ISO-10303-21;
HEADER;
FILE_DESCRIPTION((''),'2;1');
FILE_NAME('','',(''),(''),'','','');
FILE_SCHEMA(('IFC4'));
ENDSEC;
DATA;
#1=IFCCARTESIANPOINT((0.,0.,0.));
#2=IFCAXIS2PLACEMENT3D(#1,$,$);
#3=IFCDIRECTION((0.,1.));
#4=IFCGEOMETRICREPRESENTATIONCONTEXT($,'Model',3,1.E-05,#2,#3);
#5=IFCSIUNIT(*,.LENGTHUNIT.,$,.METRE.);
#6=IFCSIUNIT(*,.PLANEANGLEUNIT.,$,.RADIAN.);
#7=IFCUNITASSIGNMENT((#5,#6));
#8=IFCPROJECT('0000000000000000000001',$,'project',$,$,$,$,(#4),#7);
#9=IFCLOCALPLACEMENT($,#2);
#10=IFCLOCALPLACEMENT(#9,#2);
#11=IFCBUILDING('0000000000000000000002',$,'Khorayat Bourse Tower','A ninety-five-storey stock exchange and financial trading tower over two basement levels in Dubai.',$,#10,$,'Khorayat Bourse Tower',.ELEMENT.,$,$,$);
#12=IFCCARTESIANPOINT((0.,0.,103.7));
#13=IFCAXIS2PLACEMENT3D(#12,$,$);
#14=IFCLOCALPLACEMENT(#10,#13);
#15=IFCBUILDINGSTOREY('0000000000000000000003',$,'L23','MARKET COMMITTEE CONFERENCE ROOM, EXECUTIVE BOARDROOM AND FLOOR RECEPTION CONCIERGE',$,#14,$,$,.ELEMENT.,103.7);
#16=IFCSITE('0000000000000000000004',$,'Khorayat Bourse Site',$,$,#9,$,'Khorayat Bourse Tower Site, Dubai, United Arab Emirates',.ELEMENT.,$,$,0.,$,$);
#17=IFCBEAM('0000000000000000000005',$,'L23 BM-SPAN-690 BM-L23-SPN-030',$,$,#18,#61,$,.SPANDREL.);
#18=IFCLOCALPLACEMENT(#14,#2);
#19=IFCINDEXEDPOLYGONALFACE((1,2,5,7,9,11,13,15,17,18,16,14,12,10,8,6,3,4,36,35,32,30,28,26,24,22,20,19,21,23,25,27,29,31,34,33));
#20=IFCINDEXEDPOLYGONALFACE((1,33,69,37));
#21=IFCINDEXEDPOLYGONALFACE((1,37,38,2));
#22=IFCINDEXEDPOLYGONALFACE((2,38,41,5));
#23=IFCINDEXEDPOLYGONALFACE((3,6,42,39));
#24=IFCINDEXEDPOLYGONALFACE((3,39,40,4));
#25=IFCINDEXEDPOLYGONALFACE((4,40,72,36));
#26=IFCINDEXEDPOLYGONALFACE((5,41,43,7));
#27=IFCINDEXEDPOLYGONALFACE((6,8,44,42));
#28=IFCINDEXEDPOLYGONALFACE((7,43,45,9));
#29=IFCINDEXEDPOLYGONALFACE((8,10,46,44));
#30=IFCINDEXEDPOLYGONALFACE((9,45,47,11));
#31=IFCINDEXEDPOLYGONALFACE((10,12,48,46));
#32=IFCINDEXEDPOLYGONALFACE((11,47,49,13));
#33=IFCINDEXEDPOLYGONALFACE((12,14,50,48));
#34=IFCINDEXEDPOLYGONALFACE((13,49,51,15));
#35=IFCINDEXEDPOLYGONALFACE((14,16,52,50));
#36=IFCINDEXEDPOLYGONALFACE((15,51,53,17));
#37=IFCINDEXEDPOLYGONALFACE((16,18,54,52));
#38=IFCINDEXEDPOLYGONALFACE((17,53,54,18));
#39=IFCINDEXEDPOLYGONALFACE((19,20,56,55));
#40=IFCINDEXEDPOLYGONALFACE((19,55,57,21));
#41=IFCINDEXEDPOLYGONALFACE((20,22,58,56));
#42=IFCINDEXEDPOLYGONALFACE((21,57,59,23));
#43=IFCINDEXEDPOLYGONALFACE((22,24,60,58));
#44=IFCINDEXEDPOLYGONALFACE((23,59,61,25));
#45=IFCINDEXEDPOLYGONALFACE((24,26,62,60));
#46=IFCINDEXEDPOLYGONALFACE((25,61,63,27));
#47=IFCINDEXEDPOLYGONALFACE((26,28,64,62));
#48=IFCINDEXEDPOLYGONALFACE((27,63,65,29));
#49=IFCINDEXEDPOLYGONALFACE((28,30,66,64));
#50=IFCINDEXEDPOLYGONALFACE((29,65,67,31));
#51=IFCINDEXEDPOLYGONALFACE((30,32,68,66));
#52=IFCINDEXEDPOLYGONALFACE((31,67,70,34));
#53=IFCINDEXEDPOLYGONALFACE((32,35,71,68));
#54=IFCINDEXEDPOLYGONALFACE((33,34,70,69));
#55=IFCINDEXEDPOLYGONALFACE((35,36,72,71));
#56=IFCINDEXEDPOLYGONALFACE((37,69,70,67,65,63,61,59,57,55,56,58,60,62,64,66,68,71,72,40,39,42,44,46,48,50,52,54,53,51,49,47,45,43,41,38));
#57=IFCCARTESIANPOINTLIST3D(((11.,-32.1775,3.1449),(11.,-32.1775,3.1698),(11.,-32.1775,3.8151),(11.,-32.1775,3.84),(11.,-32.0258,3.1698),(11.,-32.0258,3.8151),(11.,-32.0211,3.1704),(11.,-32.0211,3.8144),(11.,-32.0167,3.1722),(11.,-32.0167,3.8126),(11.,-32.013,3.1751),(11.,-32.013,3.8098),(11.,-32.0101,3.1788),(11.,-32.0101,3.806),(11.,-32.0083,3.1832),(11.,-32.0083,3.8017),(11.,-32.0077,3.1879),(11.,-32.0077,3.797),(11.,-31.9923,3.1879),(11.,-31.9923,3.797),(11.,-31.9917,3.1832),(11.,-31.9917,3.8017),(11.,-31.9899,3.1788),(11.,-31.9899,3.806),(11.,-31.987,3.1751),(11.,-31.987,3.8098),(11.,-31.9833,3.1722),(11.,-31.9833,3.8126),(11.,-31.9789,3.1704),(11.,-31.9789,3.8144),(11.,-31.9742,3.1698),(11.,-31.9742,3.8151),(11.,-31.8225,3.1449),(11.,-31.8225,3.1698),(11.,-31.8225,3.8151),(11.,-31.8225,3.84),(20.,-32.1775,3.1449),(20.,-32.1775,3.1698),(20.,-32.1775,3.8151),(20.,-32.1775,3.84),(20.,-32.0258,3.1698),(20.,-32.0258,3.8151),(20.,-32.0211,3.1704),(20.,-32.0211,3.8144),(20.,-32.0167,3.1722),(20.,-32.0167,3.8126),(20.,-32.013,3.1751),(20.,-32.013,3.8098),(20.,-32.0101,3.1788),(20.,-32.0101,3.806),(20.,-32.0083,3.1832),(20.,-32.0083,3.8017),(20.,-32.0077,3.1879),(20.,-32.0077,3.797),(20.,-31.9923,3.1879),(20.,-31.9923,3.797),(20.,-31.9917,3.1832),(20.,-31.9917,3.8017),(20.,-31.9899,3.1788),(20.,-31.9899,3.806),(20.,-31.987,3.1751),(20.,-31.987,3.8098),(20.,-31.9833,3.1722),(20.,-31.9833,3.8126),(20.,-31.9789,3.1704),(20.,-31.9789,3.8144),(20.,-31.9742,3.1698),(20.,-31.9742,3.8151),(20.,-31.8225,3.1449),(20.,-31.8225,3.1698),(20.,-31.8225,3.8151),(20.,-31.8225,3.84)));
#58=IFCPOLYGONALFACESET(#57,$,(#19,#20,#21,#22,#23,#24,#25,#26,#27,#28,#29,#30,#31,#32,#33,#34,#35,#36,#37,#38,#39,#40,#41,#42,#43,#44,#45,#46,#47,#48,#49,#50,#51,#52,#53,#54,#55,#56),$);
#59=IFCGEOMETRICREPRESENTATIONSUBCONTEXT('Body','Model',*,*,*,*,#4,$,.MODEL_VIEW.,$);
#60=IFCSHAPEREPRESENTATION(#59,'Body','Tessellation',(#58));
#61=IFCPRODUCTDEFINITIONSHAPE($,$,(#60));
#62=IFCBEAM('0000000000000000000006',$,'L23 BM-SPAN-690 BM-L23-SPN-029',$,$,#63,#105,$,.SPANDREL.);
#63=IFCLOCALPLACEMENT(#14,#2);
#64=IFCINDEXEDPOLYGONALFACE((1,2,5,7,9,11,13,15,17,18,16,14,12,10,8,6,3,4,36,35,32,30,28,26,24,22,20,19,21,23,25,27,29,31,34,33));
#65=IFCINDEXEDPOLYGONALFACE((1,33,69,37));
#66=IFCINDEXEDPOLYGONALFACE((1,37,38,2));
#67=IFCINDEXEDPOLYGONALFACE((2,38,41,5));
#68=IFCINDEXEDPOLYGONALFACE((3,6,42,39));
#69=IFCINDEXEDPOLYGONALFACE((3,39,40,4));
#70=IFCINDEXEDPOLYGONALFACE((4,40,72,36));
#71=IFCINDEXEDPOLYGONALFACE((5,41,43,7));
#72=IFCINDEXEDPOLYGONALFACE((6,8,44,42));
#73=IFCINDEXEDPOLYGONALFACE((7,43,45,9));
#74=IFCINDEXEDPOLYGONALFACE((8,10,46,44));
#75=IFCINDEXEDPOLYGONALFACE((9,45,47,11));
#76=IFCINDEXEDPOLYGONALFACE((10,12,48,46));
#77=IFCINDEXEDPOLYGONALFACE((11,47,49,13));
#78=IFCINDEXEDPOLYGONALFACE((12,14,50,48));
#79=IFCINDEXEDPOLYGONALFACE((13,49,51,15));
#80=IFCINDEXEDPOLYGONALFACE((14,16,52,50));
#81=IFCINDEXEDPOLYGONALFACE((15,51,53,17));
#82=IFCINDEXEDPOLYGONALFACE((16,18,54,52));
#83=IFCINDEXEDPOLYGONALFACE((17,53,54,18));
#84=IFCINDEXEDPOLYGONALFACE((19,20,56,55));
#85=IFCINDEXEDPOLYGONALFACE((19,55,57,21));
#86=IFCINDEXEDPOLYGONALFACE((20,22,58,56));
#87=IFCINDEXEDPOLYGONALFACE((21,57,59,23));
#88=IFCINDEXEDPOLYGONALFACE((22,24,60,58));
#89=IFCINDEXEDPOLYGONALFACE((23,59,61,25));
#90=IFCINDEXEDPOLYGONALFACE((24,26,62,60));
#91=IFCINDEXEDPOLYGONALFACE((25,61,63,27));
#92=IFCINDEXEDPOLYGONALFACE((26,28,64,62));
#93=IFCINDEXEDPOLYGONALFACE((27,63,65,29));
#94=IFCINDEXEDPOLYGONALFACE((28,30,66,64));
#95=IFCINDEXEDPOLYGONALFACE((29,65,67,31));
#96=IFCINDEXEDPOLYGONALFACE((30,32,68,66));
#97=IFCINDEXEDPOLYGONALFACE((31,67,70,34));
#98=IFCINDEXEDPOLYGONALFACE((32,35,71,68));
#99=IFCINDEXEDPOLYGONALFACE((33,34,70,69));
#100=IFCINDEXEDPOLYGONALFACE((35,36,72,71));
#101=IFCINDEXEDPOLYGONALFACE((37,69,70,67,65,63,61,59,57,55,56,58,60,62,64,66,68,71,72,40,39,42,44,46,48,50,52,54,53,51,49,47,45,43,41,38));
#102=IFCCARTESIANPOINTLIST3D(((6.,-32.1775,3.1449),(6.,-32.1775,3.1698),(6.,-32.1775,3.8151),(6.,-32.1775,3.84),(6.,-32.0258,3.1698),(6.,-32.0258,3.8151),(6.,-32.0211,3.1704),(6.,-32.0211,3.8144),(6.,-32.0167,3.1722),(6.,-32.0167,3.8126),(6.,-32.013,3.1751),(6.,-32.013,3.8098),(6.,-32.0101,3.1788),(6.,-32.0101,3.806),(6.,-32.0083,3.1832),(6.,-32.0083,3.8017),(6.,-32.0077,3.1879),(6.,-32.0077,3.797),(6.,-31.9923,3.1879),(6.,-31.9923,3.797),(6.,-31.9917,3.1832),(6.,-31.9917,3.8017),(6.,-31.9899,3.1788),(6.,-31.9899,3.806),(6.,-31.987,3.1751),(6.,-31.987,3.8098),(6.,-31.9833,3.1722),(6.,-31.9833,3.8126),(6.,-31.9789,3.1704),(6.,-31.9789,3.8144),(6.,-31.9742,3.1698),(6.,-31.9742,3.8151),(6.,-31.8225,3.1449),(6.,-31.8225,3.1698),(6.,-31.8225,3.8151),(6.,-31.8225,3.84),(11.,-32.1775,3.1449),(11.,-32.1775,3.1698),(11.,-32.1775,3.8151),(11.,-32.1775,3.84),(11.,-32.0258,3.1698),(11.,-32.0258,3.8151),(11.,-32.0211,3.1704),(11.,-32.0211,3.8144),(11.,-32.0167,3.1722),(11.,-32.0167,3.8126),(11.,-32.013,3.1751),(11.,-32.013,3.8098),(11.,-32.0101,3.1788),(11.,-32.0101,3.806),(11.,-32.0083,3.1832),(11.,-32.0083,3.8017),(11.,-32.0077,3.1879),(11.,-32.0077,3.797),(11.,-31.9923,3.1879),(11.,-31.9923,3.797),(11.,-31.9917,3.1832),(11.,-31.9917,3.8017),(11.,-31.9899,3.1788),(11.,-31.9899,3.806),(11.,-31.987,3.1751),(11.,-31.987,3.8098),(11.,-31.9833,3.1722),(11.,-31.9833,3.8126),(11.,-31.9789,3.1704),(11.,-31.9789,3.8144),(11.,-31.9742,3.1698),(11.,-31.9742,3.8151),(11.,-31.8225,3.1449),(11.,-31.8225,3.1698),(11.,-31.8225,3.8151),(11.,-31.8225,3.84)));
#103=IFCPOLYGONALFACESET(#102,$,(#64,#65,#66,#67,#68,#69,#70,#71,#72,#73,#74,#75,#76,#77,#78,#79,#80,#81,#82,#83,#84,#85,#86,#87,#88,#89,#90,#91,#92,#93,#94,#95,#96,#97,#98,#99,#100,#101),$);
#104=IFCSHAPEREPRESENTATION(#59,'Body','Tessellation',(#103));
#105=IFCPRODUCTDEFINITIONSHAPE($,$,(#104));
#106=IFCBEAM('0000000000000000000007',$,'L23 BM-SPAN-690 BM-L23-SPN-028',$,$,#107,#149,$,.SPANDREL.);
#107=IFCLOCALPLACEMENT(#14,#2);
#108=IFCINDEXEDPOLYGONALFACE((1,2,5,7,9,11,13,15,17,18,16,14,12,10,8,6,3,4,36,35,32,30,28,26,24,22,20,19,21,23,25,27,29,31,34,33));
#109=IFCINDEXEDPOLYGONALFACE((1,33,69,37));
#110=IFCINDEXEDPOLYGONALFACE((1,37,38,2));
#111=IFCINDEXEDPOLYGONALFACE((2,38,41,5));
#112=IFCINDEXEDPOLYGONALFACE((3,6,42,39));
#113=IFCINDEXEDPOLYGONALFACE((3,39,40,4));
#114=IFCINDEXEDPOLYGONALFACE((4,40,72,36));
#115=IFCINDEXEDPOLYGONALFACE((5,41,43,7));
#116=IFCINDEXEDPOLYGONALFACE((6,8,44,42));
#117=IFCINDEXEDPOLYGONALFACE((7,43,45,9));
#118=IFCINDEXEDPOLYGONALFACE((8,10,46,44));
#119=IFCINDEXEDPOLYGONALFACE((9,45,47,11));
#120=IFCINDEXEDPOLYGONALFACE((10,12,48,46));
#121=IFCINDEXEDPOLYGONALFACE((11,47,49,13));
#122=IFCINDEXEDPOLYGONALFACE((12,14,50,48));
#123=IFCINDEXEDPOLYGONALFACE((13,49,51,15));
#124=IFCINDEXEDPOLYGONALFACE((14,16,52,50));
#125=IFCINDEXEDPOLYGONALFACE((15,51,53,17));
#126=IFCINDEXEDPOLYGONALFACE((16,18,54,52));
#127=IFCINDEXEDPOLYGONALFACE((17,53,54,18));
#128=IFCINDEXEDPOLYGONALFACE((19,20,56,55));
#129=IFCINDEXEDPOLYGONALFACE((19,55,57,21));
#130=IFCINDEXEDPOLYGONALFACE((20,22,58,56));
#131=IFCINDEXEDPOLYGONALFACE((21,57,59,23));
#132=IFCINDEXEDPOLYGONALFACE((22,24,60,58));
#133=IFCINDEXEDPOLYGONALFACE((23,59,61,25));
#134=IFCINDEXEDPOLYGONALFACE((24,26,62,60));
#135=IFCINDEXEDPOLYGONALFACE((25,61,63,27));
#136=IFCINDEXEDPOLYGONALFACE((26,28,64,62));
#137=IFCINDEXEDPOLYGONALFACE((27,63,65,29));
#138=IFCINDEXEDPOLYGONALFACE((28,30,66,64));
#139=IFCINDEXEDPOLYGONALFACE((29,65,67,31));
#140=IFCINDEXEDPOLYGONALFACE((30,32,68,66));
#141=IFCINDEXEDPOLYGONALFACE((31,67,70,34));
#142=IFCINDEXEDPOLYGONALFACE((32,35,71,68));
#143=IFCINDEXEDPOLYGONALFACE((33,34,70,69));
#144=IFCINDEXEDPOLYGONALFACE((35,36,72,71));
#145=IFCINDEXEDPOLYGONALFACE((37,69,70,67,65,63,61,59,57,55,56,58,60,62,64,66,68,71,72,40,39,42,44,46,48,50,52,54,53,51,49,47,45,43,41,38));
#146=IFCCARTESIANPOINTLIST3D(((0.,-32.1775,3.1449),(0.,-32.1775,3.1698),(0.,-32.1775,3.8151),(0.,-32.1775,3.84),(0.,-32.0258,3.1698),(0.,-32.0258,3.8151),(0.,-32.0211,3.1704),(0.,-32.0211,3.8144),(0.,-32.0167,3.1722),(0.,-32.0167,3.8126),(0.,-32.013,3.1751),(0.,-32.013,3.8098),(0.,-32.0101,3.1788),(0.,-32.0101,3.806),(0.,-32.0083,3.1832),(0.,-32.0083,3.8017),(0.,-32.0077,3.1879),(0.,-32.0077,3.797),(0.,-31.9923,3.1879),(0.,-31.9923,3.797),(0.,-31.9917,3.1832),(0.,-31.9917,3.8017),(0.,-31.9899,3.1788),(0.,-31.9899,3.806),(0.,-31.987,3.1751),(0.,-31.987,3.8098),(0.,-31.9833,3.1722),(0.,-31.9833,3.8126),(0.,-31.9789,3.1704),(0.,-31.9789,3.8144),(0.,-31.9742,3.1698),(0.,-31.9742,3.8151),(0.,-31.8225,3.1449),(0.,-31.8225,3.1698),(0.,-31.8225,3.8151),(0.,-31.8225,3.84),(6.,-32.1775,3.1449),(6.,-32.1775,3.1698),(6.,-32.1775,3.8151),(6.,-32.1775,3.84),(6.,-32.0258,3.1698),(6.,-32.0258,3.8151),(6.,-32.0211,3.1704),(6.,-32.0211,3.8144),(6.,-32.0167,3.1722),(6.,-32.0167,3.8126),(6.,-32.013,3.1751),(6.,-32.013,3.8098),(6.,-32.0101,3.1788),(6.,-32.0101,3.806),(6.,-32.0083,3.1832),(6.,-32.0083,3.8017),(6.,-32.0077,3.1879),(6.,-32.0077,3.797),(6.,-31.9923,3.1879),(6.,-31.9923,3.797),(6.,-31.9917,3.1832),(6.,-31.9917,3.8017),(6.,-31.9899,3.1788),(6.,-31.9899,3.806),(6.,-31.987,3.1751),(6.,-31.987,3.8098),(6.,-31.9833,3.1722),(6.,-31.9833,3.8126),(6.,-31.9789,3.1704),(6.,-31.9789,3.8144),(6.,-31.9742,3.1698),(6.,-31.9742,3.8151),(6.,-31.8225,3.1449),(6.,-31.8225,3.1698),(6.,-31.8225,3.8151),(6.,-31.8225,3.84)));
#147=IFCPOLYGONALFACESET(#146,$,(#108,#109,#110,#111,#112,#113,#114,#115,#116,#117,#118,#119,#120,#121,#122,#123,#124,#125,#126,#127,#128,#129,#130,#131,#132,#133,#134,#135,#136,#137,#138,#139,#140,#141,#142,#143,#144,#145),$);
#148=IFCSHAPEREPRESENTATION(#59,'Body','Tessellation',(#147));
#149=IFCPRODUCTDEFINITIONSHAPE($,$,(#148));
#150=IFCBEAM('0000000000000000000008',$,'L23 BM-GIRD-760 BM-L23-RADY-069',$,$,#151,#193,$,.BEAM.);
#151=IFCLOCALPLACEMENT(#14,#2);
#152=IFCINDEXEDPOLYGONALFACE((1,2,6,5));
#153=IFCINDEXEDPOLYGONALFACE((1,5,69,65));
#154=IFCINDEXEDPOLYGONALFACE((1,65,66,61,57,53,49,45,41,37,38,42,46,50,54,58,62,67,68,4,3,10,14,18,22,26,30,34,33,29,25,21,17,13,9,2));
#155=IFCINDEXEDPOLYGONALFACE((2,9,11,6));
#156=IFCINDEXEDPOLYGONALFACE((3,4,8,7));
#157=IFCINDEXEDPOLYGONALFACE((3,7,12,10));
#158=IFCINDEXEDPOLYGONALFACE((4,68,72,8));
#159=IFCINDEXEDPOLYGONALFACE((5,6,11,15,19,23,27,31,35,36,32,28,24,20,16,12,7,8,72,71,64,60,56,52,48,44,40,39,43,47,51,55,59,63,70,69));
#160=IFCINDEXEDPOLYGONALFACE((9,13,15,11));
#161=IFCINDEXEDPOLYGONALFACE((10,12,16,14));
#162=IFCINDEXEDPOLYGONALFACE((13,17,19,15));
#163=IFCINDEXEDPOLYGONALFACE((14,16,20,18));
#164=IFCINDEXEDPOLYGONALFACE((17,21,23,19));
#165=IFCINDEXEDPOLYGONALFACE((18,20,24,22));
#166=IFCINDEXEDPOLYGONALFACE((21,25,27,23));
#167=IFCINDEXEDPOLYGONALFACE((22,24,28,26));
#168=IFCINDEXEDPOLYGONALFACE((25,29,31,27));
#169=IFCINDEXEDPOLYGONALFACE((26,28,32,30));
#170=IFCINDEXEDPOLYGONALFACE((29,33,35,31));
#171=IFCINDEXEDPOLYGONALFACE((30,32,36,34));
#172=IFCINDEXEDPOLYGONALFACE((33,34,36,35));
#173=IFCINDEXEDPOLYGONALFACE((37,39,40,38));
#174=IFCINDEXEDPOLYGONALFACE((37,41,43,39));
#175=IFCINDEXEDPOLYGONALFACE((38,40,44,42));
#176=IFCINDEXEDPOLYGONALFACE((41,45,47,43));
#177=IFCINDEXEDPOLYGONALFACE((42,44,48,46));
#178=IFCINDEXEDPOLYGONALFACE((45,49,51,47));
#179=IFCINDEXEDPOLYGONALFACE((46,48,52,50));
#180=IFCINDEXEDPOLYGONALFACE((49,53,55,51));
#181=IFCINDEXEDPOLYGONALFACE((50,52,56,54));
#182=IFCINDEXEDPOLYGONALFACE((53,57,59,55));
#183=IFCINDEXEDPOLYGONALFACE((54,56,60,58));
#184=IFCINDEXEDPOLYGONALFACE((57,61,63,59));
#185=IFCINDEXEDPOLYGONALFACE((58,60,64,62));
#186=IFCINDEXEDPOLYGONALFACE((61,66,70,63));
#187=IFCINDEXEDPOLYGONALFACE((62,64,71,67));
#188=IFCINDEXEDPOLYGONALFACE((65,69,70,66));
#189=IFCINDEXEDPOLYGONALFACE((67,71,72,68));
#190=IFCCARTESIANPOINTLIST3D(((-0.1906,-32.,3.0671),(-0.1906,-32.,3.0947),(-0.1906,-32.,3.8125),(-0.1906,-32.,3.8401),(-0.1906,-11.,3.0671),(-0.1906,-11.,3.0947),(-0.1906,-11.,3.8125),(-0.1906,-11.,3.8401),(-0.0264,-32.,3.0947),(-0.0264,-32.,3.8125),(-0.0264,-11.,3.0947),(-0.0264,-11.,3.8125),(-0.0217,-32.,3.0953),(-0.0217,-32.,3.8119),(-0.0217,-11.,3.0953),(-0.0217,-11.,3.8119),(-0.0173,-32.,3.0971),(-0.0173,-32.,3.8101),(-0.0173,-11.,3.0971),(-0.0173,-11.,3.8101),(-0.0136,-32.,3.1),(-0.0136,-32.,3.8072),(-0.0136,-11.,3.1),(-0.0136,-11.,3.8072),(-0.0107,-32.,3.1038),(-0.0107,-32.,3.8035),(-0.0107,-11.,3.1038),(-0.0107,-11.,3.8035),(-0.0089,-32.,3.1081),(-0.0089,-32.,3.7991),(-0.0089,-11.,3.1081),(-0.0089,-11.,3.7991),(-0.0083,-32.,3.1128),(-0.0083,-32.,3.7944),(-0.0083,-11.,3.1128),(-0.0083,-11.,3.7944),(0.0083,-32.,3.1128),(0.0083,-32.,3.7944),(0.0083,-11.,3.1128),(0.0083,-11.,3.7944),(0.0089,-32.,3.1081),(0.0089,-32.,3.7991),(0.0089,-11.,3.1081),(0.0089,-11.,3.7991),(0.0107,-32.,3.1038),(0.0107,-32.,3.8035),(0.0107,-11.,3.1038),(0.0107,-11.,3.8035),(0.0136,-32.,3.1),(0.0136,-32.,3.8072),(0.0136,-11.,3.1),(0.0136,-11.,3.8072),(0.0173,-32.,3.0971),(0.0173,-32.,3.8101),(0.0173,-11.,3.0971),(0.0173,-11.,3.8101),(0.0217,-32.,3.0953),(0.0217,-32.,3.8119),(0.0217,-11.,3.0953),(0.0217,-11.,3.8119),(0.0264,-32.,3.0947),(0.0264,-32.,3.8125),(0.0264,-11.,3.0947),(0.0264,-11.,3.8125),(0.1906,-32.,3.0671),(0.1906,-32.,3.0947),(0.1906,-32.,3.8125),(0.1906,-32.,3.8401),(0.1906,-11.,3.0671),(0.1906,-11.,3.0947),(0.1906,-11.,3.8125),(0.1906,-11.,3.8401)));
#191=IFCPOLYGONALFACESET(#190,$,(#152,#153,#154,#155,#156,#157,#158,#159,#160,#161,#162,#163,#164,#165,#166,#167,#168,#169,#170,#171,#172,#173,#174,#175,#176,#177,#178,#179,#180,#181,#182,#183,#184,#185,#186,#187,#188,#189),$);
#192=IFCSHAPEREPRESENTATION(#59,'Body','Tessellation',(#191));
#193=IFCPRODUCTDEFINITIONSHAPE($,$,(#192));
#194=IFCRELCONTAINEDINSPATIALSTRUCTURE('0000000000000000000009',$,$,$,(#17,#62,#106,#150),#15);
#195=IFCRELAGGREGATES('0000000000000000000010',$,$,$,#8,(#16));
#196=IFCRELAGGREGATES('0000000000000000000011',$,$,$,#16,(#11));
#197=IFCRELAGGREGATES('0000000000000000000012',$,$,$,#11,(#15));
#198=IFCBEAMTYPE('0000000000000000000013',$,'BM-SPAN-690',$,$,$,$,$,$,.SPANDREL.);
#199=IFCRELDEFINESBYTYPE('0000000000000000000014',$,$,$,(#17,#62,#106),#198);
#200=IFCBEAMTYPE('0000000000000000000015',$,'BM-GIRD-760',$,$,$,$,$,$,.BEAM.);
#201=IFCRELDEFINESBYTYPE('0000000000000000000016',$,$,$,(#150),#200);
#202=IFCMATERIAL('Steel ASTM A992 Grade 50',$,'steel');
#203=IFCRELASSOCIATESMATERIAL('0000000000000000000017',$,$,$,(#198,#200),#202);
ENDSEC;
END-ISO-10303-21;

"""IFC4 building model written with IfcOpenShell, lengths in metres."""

from ifc_helpers import new_model, si_unit, direction, frame, origin, origin_2d, place, context, subcontext, project, spatial, i_section, extrude, source, transform, mapped, material, material_profile, profile_set, type_object, element, save


model = new_model("IFC4")

# Units and contexts
model_context = context("Model", 3, precision=1e-05, world=origin(), true_north=direction((0.0, 1.0)))
body_context = subcontext(model_context, "Body", "Model", "MODEL_VIEW")
ifc_project = project(units=[si_unit("LENGTHUNIT", "METRE"), si_unit("PLANEANGLEUNIT", "RADIAN")], contexts=[model_context])

# Site, building, storey
site_placement = place(None, origin())
site = spatial("IfcSite", under=ifc_project, at=site_placement, Name="Khorayat Bourse Site", LongName="Khorayat Bourse Tower Site, Dubai, United Arab Emirates", CompositionType="ELEMENT", RefElevation=0.0)
building_placement = place(site_placement, origin())
building = spatial("IfcBuilding", under=site, at=building_placement, Name="Khorayat Bourse Tower", Description="A ninety-five-storey stock exchange and financial trading tower over two basement levels in Dubai.", LongName="Khorayat Bourse Tower", CompositionType="ELEMENT")
storey_placement = place(building_placement, frame((0.0, 0.0, 103.7)))
storey = spatial("IfcBuildingStorey", under=building, at=storey_placement, Name="L23", Description="MARKET COMMITTEE CONFERENCE ROOM, EXECUTIVE BOARDROOM AND FLOOR RECEPTION CONCIERGE", CompositionType="ELEMENT", Elevation=103.7)

# Beams
ifc_material_1 = material(Name="Steel ASTM A992 Grade 50", Category="steel")
ifc_material_profile_1 = material_profile(ifc_material_1, i_section(OverallWidth=0.355, OverallDepth=0.6951, WebThickness=0.0154, FlangeThickness=0.0249, FilletRadius=0.0181, at=origin_2d()), Name="W690X217")
ifc_profile_set_1 = profile_set([ifc_material_profile_1], Name="Steel ASTM A992 Grade 50")
beam_type_1 = type_object("IfcBeamType", Name="BM-SPAN-690", PredefinedType="SPANDREL", material=ifc_profile_set_1)
shared_shape_1 = source(origin(), body_context, "Body", "SweptSolid", [
    extrude(i_section(OverallWidth=0.355, OverallDepth=0.6951, WebThickness=0.0154, FlangeThickness=0.0249, FilletRadius=0.0181, at=origin_2d()), origin(), (0.0, 0.0, 1.0), 9.0),
])
beam_1_placement = place(storey_placement, frame((11.0, -32.0, 3.4924), z_axis=(1.0, 0.0, 0.0), x_axis=(0.0, 1.0, 0.0)))
element("IfcBeam", 1, at=beam_1_placement, inside=storey, type_object=beam_type_1, Name="L23 BM-SPAN-690 BM-L23-SPN-030", PredefinedType="SPANDREL", context=body_context, shape_type="MappedRepresentation", body=[
    mapped(shared_shape_1, transform((0.0, 0.0, 0.0), scale=1.0)),
])
shared_shape_2 = source(origin(), body_context, "Body", "SweptSolid", [
    extrude(i_section(OverallWidth=0.355, OverallDepth=0.6951, WebThickness=0.0154, FlangeThickness=0.0249, FilletRadius=0.0181, at=origin_2d()), origin(), (0.0, 0.0, 1.0), 5.0),
])
beam_2_placement = place(storey_placement, frame((6.0, -32.0, 3.4924), z_axis=(1.0, 0.0, 0.0), x_axis=(0.0, 1.0, 0.0)))
element("IfcBeam", 2, at=beam_2_placement, inside=storey, type_object=beam_type_1, Name="L23 BM-SPAN-690 BM-L23-SPN-029", PredefinedType="SPANDREL", context=body_context, shape_type="MappedRepresentation", body=[
    mapped(shared_shape_2, transform((0.0, 0.0, 0.0), scale=1.0)),
])
shared_shape_3 = source(origin(), body_context, "Body", "SweptSolid", [
    extrude(i_section(OverallWidth=0.355, OverallDepth=0.6951, WebThickness=0.0154, FlangeThickness=0.0249, FilletRadius=0.0181, at=origin_2d()), origin(), (0.0, 0.0, 1.0), 6.0),
])
beam_3_placement = place(storey_placement, frame((0.0, -32.0, 3.4924), z_axis=(1.0, 0.0, 0.0), x_axis=(0.0, 1.0, 0.0)))
element("IfcBeam", 3, at=beam_3_placement, inside=storey, type_object=beam_type_1, Name="L23 BM-SPAN-690 BM-L23-SPN-028", PredefinedType="SPANDREL", context=body_context, shape_type="MappedRepresentation", body=[
    mapped(shared_shape_3, transform((0.0, 0.0, 0.0), scale=1.0)),
])
ifc_material_profile_2 = material_profile(ifc_material_1, i_section(OverallWidth=0.3811, OverallDepth=0.7729, WebThickness=0.0166, FlangeThickness=0.0276, FilletRadius=0.0181, at=origin_2d()), Name="W760X257")
ifc_profile_set_2 = profile_set([ifc_material_profile_2], Name="Steel ASTM A992 Grade 50")
beam_type_2 = type_object("IfcBeamType", Name="BM-GIRD-760", PredefinedType="BEAM", material=ifc_profile_set_2)
shared_shape_4 = source(origin(), body_context, "Body", "SweptSolid", [
    extrude(i_section(OverallWidth=0.3811, OverallDepth=0.7729, WebThickness=0.0166, FlangeThickness=0.0276, FilletRadius=0.0181, at=origin_2d()), origin(), (0.0, 0.0, 1.0), 21.0),
])
for number, where, z_axis, x_axis, name in (
    (4, (0.0, -32.0, 3.4536), (0.0, 1.0, 0.0), (-1.0, 0.0, 0.0), "L23 BM-GIRD-760 BM-L23-RADY-069"),
):
    element("IfcBeam", number, at=place(storey_placement, frame(where, z_axis=z_axis, x_axis=x_axis)), inside=storey, type_object=beam_type_2, Name=name, PredefinedType="BEAM", context=body_context, shape_type="MappedRepresentation", body=[
        mapped(shared_shape_4, transform((0.0, 0.0, 0.0), scale=1.0)),
    ])

save(model, "model.ifc")
